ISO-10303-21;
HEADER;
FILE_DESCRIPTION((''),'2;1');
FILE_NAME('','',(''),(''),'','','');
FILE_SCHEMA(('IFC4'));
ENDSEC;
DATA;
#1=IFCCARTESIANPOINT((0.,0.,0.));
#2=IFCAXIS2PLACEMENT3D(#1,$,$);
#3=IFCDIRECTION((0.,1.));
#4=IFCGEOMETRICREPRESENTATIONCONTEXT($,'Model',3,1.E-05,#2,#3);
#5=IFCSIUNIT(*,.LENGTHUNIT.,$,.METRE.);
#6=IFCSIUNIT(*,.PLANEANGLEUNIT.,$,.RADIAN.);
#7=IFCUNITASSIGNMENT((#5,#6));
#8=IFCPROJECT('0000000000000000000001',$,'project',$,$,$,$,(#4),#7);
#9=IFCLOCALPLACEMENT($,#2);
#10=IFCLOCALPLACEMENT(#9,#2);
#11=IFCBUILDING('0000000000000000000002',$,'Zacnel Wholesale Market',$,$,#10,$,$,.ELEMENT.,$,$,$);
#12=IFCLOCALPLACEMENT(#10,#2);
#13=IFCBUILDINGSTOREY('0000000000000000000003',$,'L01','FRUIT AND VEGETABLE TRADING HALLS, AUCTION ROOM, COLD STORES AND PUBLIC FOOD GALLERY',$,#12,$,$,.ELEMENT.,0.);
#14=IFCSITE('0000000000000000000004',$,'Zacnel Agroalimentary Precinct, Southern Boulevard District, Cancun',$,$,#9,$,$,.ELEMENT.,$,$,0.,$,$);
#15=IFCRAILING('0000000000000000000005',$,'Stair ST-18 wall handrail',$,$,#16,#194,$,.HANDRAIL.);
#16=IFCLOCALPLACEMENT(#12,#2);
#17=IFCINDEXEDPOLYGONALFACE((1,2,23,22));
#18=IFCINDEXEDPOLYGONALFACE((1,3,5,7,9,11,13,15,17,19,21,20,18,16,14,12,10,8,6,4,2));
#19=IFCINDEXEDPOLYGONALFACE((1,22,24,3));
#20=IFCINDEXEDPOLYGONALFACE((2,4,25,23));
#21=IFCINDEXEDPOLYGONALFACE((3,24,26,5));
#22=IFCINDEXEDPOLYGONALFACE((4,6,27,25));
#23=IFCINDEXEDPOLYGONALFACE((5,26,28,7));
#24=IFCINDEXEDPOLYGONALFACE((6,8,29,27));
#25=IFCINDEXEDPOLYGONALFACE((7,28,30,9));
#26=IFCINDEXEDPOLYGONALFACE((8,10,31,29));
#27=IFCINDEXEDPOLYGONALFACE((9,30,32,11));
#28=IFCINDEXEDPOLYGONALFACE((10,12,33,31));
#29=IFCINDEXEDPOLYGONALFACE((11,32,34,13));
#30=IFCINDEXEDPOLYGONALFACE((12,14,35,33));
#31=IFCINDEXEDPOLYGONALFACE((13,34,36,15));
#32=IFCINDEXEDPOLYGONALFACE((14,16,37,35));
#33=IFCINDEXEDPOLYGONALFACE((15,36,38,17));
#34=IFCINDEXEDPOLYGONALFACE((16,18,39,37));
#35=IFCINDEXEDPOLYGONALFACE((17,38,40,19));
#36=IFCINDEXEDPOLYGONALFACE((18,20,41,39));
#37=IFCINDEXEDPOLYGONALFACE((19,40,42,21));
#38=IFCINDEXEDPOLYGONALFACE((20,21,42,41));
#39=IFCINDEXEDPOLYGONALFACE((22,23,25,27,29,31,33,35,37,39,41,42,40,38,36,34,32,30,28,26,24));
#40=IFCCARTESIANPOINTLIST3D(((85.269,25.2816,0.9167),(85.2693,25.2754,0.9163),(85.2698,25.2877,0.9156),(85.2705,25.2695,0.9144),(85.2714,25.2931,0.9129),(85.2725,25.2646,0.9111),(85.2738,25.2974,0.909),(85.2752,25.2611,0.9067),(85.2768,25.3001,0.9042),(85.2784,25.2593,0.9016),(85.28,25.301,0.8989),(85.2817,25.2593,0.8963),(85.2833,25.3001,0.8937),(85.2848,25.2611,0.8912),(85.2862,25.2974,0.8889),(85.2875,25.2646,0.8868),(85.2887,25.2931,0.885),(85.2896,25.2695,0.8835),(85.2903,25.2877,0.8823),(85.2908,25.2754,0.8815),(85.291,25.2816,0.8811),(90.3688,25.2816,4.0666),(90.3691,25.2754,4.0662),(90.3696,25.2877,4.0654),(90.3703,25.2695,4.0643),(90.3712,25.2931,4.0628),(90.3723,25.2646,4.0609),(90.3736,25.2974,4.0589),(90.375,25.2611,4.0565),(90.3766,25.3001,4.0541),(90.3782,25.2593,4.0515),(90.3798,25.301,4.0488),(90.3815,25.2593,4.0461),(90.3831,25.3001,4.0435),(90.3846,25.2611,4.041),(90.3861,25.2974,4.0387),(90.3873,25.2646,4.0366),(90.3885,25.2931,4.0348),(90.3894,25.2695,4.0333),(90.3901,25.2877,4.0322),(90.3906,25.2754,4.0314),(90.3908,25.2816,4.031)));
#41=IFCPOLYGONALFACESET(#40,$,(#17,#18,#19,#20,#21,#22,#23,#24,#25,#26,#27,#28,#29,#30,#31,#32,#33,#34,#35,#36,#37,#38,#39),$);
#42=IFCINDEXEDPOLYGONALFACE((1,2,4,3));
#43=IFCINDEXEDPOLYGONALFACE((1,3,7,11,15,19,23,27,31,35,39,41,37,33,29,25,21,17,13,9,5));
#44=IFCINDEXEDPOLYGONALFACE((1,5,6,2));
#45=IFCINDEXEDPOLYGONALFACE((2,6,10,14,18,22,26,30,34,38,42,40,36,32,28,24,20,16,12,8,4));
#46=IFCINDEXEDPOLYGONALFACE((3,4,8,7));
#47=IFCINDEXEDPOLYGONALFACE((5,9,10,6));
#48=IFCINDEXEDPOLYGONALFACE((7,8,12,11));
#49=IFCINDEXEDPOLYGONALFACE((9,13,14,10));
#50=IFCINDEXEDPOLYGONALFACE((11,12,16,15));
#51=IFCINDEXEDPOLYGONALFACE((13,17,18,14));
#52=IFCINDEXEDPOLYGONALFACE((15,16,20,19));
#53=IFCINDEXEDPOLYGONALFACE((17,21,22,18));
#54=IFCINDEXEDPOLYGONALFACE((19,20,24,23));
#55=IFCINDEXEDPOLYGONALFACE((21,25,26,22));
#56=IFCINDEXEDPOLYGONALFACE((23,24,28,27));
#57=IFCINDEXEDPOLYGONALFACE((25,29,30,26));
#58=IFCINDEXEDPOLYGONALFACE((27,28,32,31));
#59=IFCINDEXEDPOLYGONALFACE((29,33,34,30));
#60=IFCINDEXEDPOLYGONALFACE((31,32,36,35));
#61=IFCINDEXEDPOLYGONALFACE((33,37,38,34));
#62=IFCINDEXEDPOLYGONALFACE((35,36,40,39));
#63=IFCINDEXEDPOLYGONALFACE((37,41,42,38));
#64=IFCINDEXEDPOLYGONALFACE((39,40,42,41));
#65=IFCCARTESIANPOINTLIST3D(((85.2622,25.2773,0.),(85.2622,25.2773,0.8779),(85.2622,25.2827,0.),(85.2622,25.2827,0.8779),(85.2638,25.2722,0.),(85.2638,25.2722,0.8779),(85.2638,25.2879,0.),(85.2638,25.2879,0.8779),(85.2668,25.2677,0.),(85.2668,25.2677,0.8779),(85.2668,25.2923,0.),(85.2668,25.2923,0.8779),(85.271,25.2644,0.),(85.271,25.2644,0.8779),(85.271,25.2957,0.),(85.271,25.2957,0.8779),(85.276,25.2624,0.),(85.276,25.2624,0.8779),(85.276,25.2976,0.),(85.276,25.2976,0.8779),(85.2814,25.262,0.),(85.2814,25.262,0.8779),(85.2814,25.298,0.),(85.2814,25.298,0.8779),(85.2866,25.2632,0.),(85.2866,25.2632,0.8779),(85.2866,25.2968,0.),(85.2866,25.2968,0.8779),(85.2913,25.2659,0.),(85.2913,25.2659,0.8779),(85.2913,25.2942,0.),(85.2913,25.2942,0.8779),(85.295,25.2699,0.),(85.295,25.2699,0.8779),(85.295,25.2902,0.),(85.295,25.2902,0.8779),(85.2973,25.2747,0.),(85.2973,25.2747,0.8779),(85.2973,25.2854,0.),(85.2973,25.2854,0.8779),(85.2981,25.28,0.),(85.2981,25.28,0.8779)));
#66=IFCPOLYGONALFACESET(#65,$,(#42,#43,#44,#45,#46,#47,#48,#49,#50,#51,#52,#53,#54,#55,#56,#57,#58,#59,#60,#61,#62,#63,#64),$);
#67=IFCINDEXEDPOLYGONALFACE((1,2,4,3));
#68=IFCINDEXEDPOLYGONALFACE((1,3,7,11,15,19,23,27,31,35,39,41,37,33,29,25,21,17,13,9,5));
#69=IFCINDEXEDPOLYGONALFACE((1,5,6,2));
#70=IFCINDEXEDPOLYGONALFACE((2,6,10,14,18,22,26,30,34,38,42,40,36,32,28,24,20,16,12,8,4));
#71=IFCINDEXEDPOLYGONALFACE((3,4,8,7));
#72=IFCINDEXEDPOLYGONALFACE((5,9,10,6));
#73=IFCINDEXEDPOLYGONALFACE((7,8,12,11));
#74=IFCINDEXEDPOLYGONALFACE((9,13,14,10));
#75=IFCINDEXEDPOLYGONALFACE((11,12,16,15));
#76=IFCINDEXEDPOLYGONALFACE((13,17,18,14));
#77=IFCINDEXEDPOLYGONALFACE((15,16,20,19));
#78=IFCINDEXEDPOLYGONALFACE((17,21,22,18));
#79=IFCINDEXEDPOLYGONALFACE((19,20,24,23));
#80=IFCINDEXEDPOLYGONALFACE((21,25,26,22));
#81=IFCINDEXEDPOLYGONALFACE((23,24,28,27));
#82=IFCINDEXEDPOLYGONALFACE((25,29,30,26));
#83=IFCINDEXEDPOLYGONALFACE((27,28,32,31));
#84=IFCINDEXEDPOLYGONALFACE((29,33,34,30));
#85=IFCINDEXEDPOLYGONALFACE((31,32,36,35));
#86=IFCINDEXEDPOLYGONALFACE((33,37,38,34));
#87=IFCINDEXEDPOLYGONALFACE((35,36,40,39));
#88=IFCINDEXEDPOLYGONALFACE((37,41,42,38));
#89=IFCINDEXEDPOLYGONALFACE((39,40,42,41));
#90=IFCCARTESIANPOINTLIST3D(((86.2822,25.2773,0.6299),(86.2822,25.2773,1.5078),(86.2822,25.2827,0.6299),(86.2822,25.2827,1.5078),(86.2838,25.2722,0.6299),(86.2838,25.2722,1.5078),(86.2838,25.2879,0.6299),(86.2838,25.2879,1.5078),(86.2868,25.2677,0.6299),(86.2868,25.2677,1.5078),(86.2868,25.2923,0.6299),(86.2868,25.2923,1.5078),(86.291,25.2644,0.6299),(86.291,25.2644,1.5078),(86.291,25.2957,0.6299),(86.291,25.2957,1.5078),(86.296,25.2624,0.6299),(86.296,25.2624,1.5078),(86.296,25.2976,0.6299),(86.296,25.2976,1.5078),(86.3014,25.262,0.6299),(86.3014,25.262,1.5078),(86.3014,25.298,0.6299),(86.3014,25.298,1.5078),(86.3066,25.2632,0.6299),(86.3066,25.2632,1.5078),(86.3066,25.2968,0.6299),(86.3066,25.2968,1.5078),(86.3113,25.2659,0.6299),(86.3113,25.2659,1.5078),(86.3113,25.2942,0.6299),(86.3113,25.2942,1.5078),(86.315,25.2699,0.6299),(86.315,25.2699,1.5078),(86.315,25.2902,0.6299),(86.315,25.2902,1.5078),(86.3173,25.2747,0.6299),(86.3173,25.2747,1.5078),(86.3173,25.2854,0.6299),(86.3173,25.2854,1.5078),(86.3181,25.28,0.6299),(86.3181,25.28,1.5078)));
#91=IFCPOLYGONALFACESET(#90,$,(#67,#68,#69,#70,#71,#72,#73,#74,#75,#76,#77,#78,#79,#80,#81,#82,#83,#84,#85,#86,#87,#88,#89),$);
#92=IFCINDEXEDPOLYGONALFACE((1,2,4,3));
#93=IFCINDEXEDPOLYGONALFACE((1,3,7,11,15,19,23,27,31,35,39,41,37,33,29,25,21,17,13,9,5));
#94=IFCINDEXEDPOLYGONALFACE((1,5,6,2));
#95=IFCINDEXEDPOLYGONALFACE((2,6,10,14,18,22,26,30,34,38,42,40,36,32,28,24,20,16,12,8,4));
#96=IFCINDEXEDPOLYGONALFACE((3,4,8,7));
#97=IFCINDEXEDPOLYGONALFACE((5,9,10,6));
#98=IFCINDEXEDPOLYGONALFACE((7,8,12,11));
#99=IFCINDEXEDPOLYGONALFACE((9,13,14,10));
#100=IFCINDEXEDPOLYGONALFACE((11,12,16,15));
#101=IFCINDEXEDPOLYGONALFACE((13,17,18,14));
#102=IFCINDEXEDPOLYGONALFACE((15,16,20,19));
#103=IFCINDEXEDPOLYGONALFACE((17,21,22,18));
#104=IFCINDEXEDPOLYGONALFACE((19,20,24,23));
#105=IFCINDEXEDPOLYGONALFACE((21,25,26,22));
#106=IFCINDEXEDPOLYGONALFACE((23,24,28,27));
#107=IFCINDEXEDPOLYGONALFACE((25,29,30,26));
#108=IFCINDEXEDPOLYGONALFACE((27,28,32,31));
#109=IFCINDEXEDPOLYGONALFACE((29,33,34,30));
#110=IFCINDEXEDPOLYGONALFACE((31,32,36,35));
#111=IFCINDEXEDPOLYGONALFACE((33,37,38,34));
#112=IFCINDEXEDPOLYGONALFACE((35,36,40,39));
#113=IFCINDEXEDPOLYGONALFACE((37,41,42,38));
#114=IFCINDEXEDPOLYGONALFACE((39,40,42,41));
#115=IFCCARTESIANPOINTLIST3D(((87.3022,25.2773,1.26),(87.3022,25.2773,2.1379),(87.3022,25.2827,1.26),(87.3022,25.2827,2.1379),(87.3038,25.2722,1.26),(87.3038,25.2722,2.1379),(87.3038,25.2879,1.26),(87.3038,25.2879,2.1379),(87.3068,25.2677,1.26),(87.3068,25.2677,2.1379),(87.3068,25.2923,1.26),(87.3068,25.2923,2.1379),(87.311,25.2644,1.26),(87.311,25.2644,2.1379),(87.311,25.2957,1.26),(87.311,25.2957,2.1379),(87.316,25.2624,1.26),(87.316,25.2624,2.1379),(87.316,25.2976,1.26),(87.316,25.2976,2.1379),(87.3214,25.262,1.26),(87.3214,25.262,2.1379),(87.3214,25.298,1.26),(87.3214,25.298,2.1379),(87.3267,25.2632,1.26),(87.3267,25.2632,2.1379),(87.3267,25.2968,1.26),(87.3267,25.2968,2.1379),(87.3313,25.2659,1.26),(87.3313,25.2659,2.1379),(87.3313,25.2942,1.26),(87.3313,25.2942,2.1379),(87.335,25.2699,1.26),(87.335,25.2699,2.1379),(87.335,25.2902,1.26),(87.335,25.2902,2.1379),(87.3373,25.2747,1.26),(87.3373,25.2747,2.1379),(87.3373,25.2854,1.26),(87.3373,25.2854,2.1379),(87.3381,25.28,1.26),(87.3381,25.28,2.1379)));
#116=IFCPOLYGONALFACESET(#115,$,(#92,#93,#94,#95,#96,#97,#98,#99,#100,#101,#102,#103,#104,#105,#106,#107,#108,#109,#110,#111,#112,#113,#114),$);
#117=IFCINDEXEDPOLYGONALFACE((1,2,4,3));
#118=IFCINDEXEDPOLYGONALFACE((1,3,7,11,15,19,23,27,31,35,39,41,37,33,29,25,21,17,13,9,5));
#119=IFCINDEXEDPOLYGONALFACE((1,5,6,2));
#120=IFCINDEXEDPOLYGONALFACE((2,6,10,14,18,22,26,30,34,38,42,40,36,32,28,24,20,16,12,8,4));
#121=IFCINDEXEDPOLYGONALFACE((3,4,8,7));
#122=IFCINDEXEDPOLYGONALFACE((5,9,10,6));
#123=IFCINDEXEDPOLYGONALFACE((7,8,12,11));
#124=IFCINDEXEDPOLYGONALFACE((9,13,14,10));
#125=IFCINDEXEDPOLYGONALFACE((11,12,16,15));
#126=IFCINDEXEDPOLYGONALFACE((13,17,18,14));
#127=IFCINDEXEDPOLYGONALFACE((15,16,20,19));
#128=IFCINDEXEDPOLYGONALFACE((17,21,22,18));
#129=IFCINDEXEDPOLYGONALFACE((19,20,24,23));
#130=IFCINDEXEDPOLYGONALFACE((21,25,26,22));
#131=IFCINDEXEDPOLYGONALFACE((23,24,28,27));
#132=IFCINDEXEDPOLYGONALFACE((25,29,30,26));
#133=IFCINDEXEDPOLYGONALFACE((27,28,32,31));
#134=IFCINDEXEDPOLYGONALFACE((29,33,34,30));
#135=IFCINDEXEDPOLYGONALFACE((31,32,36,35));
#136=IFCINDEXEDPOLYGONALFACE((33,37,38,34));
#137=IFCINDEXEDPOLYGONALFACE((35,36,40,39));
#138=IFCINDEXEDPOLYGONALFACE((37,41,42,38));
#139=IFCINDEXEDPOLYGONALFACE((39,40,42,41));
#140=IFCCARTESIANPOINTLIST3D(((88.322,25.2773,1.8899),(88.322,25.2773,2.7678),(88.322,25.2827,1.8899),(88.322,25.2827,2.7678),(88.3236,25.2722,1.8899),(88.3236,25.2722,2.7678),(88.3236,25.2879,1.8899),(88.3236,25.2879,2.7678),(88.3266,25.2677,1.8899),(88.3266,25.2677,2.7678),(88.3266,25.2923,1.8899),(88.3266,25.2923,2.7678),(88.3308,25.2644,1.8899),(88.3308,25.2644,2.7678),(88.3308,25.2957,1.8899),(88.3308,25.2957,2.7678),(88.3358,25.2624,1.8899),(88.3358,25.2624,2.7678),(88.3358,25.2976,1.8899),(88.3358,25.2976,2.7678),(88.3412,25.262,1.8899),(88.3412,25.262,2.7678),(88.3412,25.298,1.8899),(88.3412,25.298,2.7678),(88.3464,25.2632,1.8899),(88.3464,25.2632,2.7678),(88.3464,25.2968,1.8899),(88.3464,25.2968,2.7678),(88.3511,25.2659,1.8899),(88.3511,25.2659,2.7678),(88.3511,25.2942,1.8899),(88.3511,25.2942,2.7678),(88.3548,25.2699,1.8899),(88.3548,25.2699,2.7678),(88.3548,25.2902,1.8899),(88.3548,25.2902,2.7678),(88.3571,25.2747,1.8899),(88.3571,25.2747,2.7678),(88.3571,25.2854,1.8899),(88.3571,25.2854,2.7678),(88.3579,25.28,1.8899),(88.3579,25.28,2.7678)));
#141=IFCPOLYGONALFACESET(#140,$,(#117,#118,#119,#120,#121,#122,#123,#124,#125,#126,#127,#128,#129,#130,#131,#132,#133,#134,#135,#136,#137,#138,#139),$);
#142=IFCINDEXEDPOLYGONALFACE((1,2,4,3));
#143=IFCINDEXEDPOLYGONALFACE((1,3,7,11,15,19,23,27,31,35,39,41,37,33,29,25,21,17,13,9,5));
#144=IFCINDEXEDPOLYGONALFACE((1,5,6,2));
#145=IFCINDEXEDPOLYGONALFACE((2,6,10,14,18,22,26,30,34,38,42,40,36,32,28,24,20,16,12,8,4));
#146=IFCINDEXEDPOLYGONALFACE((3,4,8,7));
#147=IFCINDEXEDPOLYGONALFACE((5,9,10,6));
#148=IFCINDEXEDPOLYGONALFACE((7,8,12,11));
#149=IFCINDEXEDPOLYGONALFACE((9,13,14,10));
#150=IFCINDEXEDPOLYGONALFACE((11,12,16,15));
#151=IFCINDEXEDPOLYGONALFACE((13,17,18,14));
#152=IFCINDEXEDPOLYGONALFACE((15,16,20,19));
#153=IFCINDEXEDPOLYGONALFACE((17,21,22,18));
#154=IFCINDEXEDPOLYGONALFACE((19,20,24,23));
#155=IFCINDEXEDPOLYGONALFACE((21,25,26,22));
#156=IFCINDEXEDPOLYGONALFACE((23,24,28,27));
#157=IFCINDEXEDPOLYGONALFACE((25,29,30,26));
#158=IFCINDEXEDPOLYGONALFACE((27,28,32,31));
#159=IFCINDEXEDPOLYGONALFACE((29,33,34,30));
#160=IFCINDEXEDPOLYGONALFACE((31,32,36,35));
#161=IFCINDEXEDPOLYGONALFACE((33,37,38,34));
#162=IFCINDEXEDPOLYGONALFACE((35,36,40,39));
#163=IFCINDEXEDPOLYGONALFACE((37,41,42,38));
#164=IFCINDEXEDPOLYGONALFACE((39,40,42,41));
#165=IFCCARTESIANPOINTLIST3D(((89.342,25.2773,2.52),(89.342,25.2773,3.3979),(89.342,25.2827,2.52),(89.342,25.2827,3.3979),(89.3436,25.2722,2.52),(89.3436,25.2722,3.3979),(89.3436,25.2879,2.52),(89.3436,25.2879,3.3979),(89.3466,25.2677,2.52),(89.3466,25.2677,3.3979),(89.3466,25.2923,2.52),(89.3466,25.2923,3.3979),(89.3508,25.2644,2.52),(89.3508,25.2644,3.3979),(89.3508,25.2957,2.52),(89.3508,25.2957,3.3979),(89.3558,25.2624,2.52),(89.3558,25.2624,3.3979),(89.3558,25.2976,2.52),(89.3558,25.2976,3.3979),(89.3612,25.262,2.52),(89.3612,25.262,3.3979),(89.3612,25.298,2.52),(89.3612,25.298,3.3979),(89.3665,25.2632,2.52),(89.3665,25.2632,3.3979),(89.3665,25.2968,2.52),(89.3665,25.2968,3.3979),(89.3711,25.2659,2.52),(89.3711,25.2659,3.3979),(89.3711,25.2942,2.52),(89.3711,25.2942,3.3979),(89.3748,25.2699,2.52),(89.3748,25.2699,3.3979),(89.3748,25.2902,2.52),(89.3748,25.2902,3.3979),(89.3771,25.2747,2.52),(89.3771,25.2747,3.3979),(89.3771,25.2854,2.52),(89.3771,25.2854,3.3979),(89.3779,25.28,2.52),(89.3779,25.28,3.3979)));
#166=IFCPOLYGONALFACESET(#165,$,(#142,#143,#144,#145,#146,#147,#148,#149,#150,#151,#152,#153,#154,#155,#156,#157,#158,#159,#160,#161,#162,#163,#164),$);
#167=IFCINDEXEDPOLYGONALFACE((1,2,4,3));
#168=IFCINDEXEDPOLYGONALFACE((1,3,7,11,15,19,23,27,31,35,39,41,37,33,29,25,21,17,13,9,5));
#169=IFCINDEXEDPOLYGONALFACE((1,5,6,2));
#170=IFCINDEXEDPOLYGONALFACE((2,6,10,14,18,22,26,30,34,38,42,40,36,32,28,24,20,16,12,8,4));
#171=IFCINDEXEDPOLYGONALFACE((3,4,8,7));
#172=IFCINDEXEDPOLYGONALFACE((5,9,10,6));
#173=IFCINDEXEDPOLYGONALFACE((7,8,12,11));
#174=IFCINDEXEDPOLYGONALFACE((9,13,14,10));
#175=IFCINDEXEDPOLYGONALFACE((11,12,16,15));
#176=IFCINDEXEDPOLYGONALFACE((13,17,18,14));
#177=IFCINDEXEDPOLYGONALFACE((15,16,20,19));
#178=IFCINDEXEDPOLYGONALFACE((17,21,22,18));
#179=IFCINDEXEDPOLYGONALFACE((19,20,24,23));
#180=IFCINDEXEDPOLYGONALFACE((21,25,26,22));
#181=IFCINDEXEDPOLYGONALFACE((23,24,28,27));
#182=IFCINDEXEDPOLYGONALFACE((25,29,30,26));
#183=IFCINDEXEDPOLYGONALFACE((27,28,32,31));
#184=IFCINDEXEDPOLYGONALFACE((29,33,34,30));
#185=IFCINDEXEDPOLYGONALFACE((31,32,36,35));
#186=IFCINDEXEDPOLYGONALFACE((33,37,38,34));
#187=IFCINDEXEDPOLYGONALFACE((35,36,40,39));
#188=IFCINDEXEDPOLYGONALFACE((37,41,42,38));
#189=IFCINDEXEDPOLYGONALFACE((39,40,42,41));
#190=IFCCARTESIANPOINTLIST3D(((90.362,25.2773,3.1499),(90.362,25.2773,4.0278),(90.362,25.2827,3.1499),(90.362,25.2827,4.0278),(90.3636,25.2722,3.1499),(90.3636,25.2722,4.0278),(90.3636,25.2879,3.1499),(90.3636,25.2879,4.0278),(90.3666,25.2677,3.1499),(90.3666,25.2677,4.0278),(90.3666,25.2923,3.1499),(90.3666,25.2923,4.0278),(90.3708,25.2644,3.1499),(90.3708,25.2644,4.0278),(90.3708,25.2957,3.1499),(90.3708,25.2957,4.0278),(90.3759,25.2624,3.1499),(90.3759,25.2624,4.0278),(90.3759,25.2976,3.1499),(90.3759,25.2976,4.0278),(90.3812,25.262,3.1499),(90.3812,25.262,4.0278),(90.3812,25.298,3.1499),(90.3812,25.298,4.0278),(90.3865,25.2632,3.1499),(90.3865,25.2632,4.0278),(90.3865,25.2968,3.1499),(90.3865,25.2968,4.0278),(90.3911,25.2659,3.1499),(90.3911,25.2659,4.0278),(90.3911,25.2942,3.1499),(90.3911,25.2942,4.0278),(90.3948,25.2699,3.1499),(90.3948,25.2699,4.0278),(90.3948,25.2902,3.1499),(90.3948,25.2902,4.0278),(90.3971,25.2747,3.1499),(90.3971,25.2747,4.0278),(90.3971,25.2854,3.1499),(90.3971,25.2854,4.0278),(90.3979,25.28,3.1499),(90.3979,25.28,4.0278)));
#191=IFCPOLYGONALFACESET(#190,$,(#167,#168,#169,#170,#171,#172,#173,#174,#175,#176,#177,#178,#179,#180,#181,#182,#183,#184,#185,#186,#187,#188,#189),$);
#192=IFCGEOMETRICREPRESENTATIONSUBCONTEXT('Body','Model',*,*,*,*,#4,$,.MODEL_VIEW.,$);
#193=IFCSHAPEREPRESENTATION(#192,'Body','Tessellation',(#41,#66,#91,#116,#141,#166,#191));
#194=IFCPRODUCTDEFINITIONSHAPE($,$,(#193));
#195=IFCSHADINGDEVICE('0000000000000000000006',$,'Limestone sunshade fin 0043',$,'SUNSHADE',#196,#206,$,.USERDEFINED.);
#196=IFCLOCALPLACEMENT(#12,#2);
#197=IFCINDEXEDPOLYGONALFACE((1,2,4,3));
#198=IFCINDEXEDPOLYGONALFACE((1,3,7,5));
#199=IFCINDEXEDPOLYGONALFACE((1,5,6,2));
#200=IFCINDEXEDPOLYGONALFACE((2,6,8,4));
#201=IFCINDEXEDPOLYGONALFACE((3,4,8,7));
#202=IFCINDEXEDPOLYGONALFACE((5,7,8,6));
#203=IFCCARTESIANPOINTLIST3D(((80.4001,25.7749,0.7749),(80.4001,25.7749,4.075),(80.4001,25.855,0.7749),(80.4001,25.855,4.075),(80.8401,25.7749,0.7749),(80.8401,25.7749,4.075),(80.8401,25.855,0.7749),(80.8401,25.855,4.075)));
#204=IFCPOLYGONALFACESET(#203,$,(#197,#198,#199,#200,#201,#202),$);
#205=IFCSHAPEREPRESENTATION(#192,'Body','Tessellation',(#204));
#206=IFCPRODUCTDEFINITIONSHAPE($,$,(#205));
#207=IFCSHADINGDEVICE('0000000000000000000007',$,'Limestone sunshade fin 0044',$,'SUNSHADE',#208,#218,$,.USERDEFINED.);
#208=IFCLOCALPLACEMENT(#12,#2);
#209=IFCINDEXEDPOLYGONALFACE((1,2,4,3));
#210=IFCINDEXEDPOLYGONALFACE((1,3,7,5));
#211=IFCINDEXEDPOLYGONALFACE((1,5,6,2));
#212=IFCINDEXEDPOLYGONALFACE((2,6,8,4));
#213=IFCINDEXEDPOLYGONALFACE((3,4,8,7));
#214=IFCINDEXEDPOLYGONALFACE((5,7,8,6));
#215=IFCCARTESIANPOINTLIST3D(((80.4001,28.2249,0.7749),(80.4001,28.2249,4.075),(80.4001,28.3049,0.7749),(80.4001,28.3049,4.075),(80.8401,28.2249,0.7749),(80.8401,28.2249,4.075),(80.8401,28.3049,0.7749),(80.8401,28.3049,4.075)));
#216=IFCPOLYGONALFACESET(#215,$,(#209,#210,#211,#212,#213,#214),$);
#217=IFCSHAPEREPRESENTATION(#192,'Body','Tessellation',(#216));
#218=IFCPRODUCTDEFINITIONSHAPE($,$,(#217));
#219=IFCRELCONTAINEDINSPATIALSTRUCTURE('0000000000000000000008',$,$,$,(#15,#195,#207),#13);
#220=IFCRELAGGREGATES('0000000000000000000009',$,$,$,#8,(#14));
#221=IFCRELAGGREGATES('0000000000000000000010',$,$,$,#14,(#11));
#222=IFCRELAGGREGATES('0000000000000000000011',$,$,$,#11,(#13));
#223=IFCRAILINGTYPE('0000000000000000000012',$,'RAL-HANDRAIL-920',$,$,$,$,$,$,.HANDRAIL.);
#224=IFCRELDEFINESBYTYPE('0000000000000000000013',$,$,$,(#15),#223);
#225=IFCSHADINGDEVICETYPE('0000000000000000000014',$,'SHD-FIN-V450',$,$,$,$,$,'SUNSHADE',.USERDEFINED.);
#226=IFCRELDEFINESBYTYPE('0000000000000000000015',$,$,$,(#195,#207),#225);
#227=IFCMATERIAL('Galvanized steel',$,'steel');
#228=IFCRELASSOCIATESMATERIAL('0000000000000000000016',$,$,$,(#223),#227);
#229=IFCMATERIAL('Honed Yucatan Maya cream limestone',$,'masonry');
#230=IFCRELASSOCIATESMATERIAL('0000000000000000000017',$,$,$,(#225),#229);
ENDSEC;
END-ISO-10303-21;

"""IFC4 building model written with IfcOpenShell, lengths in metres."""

from ifc_helpers import new_model, si_unit, direction, frame, origin, origin_2d, place, context, subcontext, project, spatial, rectangle, circle, extrude, material, type_object, element, save


model = new_model("IFC4")

# Units and contexts
model_context = context("Model", 3, precision=1e-05, world=origin(), true_north=direction((0.0, 1.0)))
body_context = subcontext(model_context, "Body", "Model", "MODEL_VIEW")
ifc_project = project(units=[si_unit("LENGTHUNIT", "METRE"), si_unit("PLANEANGLEUNIT", "RADIAN")], contexts=[model_context])

# Site, building, storey
site_placement = place(None, origin())
site = spatial("IfcSite", under=ifc_project, at=site_placement, Name="Zacnel Agroalimentary Precinct, Southern Boulevard District, Cancun", CompositionType="ELEMENT", RefElevation=0.0)
building_placement = place(site_placement, origin())
building = spatial("IfcBuilding", under=site, at=building_placement, Name="Zacnel Wholesale Market", CompositionType="ELEMENT")
storey_placement = place(building_placement, origin())
storey = spatial("IfcBuildingStorey", under=building, at=storey_placement, Name="L01", Description="FRUIT AND VEGETABLE TRADING HALLS, AUCTION ROOM, COLD STORES AND PUBLIC FOOD GALLERY", CompositionType="ELEMENT", Elevation=0.0)

# Railing
ifc_material_1 = material(Name="Galvanized steel", Category="steel")
railing_type = type_object("IfcRailingType", Name="RAL-HANDRAIL-920", PredefinedType="HANDRAIL", material=ifc_material_1)
railing_placement = place(storey_placement, frame((85.28, 25.28, 0.0)))
element("IfcRailing", 1, at=railing_placement, inside=storey, type_object=railing_type, Name="Stair ST-18 wall handrail", PredefinedType="HANDRAIL", context=body_context, shape_type="SweptSolid", body=[
    extrude(circle(Radius=0.021, at=origin_2d()), frame((0.0, 0.0, 0.8989), z_axis=(0.850799, 0.0, 0.525492), x_axis=(0.0, 1.0, 0.0)), (0.0, 0.0, 1.0), 5.9941),
    extrude(circle(Radius=0.0181, at=origin_2d()), origin(), (0.0, 0.0, 1.0), 0.8779),
    extrude(circle(Radius=0.0181, at=origin_2d()), frame((1.02, 0.0, 0.6299)), (0.0, 0.0, 1.0), 0.8779),
    extrude(circle(Radius=0.0181, at=origin_2d()), frame((2.04, 0.0, 1.26)), (0.0, 0.0, 1.0), 0.8779),
    extrude(circle(Radius=0.0181, at=origin_2d()), frame((3.0598, 0.0, 1.8899)), (0.0, 0.0, 1.0), 0.8779),
    extrude(circle(Radius=0.0181, at=origin_2d()), frame((4.0798, 0.0, 2.52)), (0.0, 0.0, 1.0), 0.8779),
    extrude(circle(Radius=0.0181, at=origin_2d()), frame((5.0999, 0.0, 3.1499)), (0.0, 0.0, 1.0), 0.8779),
])

# Shading devices
ifc_material_2 = material(Name="Honed Yucatan Maya cream limestone", Category="masonry")
shading_device_type = type_object("IfcShadingDeviceType", Name="SHD-FIN-V450", ElementType="SUNSHADE", PredefinedType="USERDEFINED", material=ifc_material_2)
for number, where, z_axis, x_axis, name in (
    (2, (80.6201, 25.8149, 0.7749), (0.0, 0.0, 1.0), (0.0, 1.0, 0.0), "Limestone sunshade fin 0043"),
    (3, (80.6201, 28.2649, 0.7749), (0.0, 0.0, 1.0), (0.0, 1.0, 0.0), "Limestone sunshade fin 0044"),
):
    element("IfcShadingDevice", number, at=place(storey_placement, frame(where, z_axis=z_axis, x_axis=x_axis)), inside=storey, type_object=shading_device_type, Name=name, ObjectType="SUNSHADE", PredefinedType="USERDEFINED", context=body_context, shape_type="SweptSolid", body=[
        extrude(rectangle(XDim=0.0801, YDim=0.4399, at=origin_2d()), origin(), (0.0, 0.0, 1.0), 3.3),
    ])

save(model, "model.ifc")
